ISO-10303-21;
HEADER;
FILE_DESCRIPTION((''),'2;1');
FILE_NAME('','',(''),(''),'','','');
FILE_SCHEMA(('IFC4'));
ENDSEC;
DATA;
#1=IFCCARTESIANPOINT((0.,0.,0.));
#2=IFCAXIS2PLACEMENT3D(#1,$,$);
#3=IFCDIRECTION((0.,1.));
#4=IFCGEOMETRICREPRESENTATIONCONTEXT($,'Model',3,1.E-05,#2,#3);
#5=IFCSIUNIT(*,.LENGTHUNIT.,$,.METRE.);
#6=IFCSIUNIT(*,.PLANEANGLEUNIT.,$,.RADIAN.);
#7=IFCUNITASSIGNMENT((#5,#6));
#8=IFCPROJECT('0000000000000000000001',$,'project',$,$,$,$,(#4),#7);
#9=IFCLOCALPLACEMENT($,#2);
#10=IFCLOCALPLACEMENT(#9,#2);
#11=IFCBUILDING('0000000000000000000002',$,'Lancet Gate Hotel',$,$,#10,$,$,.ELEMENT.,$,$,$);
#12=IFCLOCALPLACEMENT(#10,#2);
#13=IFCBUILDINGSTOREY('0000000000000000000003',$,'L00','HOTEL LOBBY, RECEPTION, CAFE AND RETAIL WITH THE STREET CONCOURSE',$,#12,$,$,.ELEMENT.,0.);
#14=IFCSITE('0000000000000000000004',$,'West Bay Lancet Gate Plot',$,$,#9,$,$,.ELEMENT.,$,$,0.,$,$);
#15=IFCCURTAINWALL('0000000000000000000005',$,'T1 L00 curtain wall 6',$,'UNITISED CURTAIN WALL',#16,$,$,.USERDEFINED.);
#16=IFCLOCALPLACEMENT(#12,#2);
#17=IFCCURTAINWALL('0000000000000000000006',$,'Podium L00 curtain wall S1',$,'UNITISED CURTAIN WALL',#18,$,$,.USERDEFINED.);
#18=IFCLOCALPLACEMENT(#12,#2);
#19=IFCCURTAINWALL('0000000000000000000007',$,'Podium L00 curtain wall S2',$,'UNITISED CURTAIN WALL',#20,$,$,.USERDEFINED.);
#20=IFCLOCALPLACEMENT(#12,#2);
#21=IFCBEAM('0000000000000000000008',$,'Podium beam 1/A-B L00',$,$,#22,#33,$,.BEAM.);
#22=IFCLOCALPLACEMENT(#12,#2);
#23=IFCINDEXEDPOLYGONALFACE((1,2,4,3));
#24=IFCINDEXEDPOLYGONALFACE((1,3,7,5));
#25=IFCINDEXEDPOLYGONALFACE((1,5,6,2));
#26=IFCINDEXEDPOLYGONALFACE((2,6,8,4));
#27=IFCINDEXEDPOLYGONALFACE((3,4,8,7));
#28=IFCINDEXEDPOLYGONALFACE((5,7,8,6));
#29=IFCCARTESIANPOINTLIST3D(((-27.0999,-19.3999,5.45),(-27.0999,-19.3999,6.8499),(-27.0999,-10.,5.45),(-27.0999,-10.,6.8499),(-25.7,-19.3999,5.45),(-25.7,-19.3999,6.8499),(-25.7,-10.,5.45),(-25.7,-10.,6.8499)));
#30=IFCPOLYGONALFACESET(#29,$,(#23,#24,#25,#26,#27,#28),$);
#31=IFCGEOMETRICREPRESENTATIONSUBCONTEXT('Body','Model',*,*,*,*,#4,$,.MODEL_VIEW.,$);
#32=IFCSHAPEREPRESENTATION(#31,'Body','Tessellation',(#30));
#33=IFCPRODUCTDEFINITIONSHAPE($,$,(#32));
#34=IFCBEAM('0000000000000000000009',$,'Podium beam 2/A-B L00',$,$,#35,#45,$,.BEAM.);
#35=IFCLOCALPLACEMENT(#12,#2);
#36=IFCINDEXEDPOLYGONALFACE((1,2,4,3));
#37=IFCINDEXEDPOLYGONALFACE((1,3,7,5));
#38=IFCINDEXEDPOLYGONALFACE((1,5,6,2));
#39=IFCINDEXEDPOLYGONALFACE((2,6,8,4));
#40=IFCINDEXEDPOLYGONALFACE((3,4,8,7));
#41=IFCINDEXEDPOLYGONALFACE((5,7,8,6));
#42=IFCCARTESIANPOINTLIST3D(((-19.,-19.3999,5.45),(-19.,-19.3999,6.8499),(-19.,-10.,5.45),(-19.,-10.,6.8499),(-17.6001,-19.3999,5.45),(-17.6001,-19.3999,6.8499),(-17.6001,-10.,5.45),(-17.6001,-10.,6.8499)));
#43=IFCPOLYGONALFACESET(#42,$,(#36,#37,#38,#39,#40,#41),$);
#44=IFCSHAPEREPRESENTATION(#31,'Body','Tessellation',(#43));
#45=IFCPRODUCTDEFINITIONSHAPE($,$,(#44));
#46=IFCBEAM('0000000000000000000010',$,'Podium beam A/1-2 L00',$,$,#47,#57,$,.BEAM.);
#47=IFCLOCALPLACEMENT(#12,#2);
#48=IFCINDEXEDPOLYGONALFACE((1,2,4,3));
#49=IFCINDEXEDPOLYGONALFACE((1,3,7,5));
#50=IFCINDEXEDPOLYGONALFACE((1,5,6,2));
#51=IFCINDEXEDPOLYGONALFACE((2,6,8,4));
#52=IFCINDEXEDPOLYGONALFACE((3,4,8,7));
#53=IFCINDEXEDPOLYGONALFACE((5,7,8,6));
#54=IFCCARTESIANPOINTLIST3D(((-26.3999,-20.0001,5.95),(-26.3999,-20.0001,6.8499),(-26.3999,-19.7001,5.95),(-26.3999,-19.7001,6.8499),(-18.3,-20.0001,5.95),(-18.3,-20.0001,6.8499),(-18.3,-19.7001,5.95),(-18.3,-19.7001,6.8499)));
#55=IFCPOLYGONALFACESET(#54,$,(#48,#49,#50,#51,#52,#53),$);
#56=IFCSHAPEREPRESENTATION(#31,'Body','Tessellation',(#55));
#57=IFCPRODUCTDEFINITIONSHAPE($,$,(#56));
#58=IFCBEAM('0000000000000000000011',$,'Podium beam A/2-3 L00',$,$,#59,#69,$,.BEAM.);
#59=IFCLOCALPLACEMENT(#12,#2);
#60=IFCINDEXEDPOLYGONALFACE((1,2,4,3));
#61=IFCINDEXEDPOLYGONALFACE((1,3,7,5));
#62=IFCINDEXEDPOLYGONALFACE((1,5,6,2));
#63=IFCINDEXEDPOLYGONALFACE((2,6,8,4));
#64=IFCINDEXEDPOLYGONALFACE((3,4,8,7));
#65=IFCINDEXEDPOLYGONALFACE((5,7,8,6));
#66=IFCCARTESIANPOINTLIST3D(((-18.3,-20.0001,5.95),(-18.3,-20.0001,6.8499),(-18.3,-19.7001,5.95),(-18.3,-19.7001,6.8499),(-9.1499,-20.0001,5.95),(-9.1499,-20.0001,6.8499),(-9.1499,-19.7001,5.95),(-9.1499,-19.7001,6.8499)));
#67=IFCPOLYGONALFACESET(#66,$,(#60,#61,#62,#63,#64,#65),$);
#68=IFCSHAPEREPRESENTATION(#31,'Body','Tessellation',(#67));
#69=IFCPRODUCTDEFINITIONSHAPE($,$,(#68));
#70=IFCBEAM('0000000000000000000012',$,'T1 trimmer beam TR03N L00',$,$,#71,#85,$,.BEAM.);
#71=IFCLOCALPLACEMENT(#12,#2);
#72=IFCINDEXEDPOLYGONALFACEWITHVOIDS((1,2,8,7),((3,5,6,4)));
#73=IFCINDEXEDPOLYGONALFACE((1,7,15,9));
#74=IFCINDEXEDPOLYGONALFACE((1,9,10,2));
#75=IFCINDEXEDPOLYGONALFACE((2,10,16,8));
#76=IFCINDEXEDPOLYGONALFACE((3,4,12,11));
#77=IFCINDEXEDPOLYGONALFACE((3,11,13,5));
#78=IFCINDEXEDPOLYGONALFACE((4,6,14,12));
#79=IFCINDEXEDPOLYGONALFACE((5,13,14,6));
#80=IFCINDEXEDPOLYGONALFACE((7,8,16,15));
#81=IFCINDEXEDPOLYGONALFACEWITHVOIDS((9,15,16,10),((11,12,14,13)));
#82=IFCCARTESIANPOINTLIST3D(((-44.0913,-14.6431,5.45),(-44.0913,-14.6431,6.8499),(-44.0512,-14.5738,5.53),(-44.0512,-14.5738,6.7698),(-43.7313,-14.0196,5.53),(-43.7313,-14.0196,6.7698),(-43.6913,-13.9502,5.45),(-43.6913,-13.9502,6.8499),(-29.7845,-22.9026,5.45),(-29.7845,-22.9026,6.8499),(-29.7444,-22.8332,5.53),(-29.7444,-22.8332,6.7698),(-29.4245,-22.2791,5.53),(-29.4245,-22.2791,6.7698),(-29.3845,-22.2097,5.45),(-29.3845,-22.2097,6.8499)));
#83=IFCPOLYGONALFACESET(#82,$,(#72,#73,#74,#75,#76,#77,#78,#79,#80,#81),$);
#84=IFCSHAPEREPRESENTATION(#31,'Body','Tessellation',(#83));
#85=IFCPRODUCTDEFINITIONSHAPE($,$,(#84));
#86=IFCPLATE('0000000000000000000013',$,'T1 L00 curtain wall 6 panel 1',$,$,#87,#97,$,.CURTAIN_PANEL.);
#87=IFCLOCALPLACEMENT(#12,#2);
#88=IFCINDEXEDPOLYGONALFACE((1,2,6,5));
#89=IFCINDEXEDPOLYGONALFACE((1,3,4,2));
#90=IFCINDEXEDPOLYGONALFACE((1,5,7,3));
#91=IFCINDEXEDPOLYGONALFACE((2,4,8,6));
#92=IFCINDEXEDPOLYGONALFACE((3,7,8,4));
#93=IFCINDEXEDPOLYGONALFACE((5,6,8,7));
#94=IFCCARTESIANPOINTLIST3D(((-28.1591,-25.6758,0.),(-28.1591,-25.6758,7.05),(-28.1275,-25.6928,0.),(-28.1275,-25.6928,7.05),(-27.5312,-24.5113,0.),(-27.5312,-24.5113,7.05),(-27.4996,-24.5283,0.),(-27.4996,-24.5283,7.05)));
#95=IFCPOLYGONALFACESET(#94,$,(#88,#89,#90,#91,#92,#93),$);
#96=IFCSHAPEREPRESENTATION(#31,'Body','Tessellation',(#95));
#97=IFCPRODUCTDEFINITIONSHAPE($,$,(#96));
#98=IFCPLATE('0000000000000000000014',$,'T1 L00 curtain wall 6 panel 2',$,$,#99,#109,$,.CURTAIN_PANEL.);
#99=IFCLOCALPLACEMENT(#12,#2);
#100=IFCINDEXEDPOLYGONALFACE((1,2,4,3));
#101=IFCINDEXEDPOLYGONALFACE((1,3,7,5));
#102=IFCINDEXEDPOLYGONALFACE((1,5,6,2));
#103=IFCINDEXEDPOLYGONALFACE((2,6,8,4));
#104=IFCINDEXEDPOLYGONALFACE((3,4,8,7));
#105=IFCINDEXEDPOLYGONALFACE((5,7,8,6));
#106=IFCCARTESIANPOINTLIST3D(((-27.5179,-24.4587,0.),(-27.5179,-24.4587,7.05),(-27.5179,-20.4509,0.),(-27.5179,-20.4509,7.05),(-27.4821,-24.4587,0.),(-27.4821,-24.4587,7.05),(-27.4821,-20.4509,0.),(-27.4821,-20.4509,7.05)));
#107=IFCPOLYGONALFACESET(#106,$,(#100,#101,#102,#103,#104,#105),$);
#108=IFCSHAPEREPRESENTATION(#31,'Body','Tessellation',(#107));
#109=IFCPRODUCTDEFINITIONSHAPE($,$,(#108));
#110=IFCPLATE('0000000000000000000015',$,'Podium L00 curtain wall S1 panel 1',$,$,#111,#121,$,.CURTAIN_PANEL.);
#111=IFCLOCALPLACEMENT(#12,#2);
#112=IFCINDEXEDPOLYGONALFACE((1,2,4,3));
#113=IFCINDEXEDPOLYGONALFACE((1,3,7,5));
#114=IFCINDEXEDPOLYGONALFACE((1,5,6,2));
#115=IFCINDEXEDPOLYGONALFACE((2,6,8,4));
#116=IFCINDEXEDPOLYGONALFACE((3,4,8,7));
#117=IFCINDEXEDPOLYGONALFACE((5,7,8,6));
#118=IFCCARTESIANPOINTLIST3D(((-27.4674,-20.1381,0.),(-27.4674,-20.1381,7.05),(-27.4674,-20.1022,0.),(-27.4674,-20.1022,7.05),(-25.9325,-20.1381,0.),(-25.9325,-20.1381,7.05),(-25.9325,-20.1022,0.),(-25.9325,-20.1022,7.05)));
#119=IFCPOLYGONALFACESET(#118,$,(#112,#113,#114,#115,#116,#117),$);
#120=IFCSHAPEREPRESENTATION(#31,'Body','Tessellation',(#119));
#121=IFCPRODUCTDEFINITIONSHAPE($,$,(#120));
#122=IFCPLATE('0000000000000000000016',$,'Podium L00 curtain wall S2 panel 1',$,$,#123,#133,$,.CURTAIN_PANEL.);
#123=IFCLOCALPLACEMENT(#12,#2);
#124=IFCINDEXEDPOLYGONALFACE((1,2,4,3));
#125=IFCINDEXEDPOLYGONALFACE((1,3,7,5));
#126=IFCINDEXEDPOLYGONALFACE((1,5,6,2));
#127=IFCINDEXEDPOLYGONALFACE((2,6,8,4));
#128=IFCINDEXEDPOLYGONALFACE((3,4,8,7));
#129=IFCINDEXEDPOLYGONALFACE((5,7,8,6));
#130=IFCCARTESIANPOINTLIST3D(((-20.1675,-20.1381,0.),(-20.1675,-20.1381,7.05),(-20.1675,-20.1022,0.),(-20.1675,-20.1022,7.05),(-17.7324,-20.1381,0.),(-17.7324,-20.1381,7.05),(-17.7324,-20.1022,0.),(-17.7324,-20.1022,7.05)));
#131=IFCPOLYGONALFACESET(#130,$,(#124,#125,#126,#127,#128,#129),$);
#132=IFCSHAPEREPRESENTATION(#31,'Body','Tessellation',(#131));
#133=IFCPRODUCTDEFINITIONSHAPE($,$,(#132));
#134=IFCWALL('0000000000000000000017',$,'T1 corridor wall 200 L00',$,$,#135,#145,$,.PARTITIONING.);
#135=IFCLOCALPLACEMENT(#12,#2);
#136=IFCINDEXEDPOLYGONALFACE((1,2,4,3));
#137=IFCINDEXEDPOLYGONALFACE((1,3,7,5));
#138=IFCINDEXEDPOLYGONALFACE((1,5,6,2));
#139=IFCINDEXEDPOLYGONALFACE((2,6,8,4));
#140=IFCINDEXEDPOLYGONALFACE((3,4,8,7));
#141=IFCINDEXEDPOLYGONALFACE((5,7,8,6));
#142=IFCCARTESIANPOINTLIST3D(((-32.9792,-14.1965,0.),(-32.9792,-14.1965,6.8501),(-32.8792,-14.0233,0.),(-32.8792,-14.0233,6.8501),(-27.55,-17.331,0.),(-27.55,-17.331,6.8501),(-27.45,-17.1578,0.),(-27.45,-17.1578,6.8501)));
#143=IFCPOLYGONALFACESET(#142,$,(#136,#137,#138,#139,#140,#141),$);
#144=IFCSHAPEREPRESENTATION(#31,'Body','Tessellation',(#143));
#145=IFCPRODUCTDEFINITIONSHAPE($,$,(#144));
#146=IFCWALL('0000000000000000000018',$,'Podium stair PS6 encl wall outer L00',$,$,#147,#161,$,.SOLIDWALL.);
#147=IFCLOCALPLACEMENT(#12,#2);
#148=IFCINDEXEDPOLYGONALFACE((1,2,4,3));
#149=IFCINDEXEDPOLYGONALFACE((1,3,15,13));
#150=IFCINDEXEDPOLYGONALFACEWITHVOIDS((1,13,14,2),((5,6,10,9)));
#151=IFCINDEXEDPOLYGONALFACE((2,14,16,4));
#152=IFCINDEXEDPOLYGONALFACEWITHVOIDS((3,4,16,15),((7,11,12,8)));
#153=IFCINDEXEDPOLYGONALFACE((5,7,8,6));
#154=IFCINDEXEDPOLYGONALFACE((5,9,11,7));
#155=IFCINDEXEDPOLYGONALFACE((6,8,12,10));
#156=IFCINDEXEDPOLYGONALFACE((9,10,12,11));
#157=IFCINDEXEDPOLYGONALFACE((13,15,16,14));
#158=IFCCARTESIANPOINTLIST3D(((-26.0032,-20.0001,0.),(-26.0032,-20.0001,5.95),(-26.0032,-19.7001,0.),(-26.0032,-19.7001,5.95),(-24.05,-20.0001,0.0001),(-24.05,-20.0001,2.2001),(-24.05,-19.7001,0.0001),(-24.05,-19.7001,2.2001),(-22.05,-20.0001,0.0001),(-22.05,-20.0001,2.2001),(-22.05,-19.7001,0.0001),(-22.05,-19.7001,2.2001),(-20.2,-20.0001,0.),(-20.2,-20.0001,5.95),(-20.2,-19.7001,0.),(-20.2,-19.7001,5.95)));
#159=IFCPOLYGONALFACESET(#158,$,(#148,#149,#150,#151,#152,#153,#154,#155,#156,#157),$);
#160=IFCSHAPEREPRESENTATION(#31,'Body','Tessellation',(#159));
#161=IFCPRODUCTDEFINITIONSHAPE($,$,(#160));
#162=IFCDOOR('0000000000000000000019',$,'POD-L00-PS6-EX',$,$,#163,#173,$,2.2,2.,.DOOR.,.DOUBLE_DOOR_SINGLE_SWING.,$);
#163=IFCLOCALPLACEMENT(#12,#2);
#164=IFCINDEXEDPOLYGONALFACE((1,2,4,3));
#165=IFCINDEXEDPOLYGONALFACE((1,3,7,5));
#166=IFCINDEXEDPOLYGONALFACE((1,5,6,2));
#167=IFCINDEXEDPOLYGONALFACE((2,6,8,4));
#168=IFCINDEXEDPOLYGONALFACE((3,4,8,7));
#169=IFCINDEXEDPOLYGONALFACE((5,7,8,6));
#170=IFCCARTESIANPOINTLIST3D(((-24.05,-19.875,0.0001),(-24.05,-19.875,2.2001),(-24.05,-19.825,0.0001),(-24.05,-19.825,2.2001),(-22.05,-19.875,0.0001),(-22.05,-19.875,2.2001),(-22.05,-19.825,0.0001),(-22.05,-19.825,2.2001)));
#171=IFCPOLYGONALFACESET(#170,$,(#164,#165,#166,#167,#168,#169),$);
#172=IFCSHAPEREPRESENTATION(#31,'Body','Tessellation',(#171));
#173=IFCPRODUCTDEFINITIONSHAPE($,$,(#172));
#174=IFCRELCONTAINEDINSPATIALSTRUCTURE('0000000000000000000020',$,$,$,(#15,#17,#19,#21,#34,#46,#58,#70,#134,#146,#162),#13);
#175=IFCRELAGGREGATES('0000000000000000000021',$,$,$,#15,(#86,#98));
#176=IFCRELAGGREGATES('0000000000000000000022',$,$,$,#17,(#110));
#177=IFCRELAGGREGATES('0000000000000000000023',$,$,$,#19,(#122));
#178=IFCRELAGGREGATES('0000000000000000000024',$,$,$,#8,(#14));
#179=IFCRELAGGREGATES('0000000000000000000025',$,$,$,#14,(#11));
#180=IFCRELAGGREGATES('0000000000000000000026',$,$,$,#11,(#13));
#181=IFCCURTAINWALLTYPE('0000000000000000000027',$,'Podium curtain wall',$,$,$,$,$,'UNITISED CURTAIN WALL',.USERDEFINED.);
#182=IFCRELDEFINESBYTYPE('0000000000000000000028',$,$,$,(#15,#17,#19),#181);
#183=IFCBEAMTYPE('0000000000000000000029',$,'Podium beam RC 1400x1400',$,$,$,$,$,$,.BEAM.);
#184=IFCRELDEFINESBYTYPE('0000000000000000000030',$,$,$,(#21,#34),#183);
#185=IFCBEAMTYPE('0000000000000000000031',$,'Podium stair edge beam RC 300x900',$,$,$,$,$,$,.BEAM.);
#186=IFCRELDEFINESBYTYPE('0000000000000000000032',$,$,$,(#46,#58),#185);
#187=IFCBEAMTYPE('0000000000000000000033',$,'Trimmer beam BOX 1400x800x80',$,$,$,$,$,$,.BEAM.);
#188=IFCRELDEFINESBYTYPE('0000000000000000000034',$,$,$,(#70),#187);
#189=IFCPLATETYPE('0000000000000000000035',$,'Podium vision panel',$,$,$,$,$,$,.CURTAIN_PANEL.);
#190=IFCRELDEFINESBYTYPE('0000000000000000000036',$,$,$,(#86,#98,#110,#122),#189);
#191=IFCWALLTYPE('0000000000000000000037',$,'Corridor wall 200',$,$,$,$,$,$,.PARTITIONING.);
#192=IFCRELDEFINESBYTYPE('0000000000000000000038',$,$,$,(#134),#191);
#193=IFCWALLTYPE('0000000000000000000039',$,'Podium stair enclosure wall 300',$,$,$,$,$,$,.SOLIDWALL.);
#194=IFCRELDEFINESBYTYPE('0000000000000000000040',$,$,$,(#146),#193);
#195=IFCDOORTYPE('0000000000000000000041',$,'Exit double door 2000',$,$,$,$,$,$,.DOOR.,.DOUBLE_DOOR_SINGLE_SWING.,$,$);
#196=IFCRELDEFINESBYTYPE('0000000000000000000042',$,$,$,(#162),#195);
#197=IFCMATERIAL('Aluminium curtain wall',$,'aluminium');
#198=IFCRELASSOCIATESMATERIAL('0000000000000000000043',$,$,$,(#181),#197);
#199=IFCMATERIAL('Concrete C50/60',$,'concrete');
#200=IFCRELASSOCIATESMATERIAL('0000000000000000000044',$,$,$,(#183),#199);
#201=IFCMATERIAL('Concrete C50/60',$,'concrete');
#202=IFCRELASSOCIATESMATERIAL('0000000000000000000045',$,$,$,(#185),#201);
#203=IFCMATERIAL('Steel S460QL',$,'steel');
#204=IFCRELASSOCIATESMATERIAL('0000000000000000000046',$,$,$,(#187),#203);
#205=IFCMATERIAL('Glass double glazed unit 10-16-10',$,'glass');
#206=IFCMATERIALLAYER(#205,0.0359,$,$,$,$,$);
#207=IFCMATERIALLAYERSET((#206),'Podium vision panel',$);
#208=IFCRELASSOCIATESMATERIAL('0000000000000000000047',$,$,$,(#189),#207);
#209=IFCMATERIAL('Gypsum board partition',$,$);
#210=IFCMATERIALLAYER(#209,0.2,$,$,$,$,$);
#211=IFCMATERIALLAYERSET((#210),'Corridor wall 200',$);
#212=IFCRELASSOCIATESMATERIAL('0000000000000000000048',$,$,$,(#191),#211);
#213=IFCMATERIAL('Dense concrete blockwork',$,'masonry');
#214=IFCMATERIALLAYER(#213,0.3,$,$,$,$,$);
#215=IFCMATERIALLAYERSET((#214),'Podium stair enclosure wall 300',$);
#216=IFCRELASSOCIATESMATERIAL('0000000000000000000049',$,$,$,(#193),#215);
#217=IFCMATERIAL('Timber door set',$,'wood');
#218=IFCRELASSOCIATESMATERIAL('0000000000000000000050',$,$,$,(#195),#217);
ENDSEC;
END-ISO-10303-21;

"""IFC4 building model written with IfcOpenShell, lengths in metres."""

from ifc_helpers import new_model, si_unit, direction, frame, frame_2d, origin, origin_2d, place, context, subcontext, project, spatial, rectangle, hollow_rectangle, extrude, material, layer, layer_set, material_profile, profile_set, type_object, element, fill, aggregate, save


model = new_model("IFC4")

# Units and contexts
model_context = context("Model", 3, precision=1e-05, world=origin(), true_north=direction((0.0, 1.0)))
body_context = subcontext(model_context, "Body", "Model", "MODEL_VIEW")
ifc_project = project(units=[si_unit("LENGTHUNIT", "METRE"), si_unit("PLANEANGLEUNIT", "RADIAN")], contexts=[model_context])

# Site, building, storey
site_placement = place(None, origin())
site = spatial("IfcSite", under=ifc_project, at=site_placement, Name="West Bay Lancet Gate Plot", CompositionType="ELEMENT", RefElevation=0.0)
building_placement = place(site_placement, origin())
building = spatial("IfcBuilding", under=site, at=building_placement, Name="Lancet Gate Hotel", CompositionType="ELEMENT")
storey_placement = place(building_placement, origin())
storey = spatial("IfcBuildingStorey", under=building, at=storey_placement, Name="L00", Description="HOTEL LOBBY, RECEPTION, CAFE AND RETAIL WITH THE STREET CONCOURSE", CompositionType="ELEMENT", Elevation=0.0)

# Curtain walls
ifc_material_1 = material(Name="Aluminium curtain wall", Category="aluminium")
curtain_wall_type = type_object("IfcCurtainWallType", Name="Podium curtain wall", ElementType="UNITISED CURTAIN WALL", PredefinedType="USERDEFINED", material=ifc_material_1)
curtain_wall_1_placement = place(storey_placement, origin())
curtain_wall_1 = element("IfcCurtainWall", 1, at=curtain_wall_1_placement, inside=storey, type_object=curtain_wall_type, Name="T1 L00 curtain wall 6", ObjectType="UNITISED CURTAIN WALL", PredefinedType="USERDEFINED")
curtain_wall_2_placement = place(storey_placement, origin())
curtain_wall_2 = element("IfcCurtainWall", 2, at=curtain_wall_2_placement, inside=storey, type_object=curtain_wall_type, Name="Podium L00 curtain wall S1", ObjectType="UNITISED CURTAIN WALL", PredefinedType="USERDEFINED")

# Curtain wall
curtain_wall_3_placement = place(storey_placement, origin())
curtain_wall_3 = element("IfcCurtainWall", 3, at=curtain_wall_3_placement, inside=storey, type_object=curtain_wall_type, Name="Podium L00 curtain wall S2", ObjectType="UNITISED CURTAIN WALL", PredefinedType="USERDEFINED")

# Beams
ifc_material_2 = material(Name="Concrete C50/60", Category="concrete")
ifc_material_profile_1 = material_profile(ifc_material_2, rectangle(XDim=1.3999, YDim=1.3999, at=origin_2d()), Name="RC 1400x1400")
ifc_profile_set_1 = profile_set([ifc_material_profile_1], Name="Concrete C50/60")
beam_type_1 = type_object("IfcBeamType", Name="Podium beam RC 1400x1400", PredefinedType="BEAM", material=ifc_profile_set_1)
for number, where, z_axis, x_axis, name in (
    (4, (-26.3999, -19.3999, 6.1499), (0.0, 1.0, 0.0), (-1.0, 0.0, 0.0), "Podium beam 1/A-B L00"),
    (5, (-18.3, -19.3999, 6.1499), (0.0, 1.0, 0.0), (-1.0, 0.0, 0.0), "Podium beam 2/A-B L00"),
):
    element("IfcBeam", number, at=place(storey_placement, frame(where, z_axis=z_axis, x_axis=x_axis)), inside=storey, type_object=beam_type_1, Name=name, PredefinedType="BEAM", context=body_context, shape_type="SweptSolid", body=[
        extrude(rectangle(XDim=1.3999, YDim=1.3999, at=origin_2d()), origin(), (0.0, 0.0, 1.0), 9.3999),
    ])
ifc_material_3 = material(Name="Concrete C50/60", Category="concrete")
ifc_material_profile_2 = material_profile(ifc_material_3, rectangle(XDim=0.3, YDim=0.8999, at=origin_2d()), Name="RC 300x900")
ifc_profile_set_2 = profile_set([ifc_material_profile_2], Name="Concrete C50/60")
beam_type_2 = type_object("IfcBeamType", Name="Podium stair edge beam RC 300x900", PredefinedType="BEAM", material=ifc_profile_set_2)
beam_1_placement = place(storey_placement, frame((-26.3999, -19.8501, 6.3999), z_axis=(1.0, 0.0, 0.0), x_axis=(0.0, 1.0, 0.0)))
element("IfcBeam", 6, at=beam_1_placement, inside=storey, type_object=beam_type_2, Name="Podium beam A/1-2 L00", PredefinedType="BEAM", context=body_context, shape_type="SweptSolid", body=[
    extrude(rectangle(XDim=0.3, YDim=0.8999, at=origin_2d()), origin(), (0.0, 0.0, 1.0), 8.0999),
])
beam_2_placement = place(storey_placement, frame((-18.3, -19.8501, 6.3999), z_axis=(1.0, 0.0, 0.0), x_axis=(0.0, 1.0, 0.0)))
element("IfcBeam", 7, at=beam_2_placement, inside=storey, type_object=beam_type_2, Name="Podium beam A/2-3 L00", PredefinedType="BEAM", context=body_context, shape_type="SweptSolid", body=[
    extrude(rectangle(XDim=0.3, YDim=0.8999, at=origin_2d()), origin(), (0.0, 0.0, 1.0), 9.1501),
])
ifc_material_4 = material(Name="Steel S460QL", Category="steel")
ifc_material_profile_3 = material_profile(ifc_material_4, hollow_rectangle(XDim=0.8, YDim=1.3999, WallThickness=0.0801, at=origin_2d()), Name="BOX 1400x800x80")
ifc_profile_set_3 = profile_set([ifc_material_profile_3], Name="Steel S460QL")
beam_type_3 = type_object("IfcBeamType", Name="Trimmer beam BOX 1400x800x80", PredefinedType="BEAM", material=ifc_profile_set_3)
beam_3_placement = place(storey_placement, frame((-29.5845, -22.5562, 6.1499), z_axis=(-0.86604, 0.499974, 0.0), x_axis=(-0.499974, -0.86604, 0.0)))
element("IfcBeam", 8, at=beam_3_placement, inside=storey, type_object=beam_type_3, Name="T1 trimmer beam TR03N L00", PredefinedType="BEAM", context=body_context, shape_type="SweptSolid", body=[
    extrude(hollow_rectangle(XDim=0.8, YDim=1.3999, WallThickness=0.0801, at=origin_2d()), origin(), (0.0, 0.0, 1.0), 16.5198),
])

# Plates
ifc_material_5 = material(Name="Glass double glazed unit 10-16-10", Category="glass")
ifc_layer_1 = layer(ifc_material_5, 0.0359)
ifc_layer_set_1 = layer_set([ifc_layer_1], Name="Podium vision panel")
plate_type = type_object("IfcPlateType", Name="Podium vision panel", PredefinedType="CURTAIN_PANEL", material=ifc_layer_set_1)
plate_1_placement = place(storey_placement, frame((-27.8293, -25.1021, 0.0), z_axis=(0.0, 0.0, 1.0), x_axis=(0.474631, 0.880185, 0.0)))
plate_1 = element("IfcPlate", 9, at=plate_1_placement, type_object=plate_type, Name="T1 L00 curtain wall 6 panel 1", PredefinedType="CURTAIN_PANEL", context=body_context, shape_type="SweptSolid", body=[
    extrude(rectangle(XDim=1.323, YDim=0.0359, at=origin_2d()), origin(), (0.0, 0.0, 1.0), 7.05),
])
plate_2_placement = place(storey_placement, frame((-27.5, -22.4548, 0.0), z_axis=(0.0, 0.0, 1.0), x_axis=(0.0, 1.0, 0.0)))
plate_2 = element("IfcPlate", 10, at=plate_2_placement, type_object=plate_type, Name="T1 L00 curtain wall 6 panel 2", PredefinedType="CURTAIN_PANEL", context=body_context, shape_type="SweptSolid", body=[
    extrude(rectangle(XDim=4.0078, YDim=0.0359, at=origin_2d()), origin(), (0.0, 0.0, 1.0), 7.05),
])
aggregate(curtain_wall_1, [plate_1, plate_2])
plate_3_placement = place(storey_placement, frame((-26.7, -20.1201, 0.0), z_axis=(0.0, 0.0, 1.0), x_axis=(1.0, 0.0, 0.0)))
plate_3 = element("IfcPlate", 11, at=plate_3_placement, type_object=plate_type, Name="Podium L00 curtain wall S1 panel 1", PredefinedType="CURTAIN_PANEL", context=body_context, shape_type="SweptSolid", body=[
    extrude(rectangle(XDim=1.5349, YDim=0.0359, at=origin_2d()), origin(), (0.0, 0.0, 1.0), 7.05),
])
aggregate(curtain_wall_2, [plate_3])
plate_4_placement = place(storey_placement, frame((-18.95, -20.1201, 0.0), z_axis=(0.0, 0.0, 1.0), x_axis=(1.0, 0.0, 0.0)))
plate_4 = element("IfcPlate", 12, at=plate_4_placement, type_object=plate_type, Name="Podium L00 curtain wall S2 panel 1", PredefinedType="CURTAIN_PANEL", context=body_context, shape_type="SweptSolid", body=[
    extrude(rectangle(XDim=2.4351, YDim=0.0359, at=origin_2d()), origin(), (0.0, 0.0, 1.0), 7.05),
])
aggregate(curtain_wall_3, [plate_4])

# Wall
ifc_material_6 = material(Name="Gypsum board partition")
ifc_layer_2 = layer(ifc_material_6, 0.2)
ifc_layer_set_2 = layer_set([ifc_layer_2], Name="Corridor wall 200")
wall_type_1 = type_object("IfcWallType", Name="Corridor wall 200", PredefinedType="PARTITIONING", material=ifc_layer_set_2)
wall_1_placement = place(storey_placement, frame((-27.5, -17.2444, 0.0), z_axis=(0.0, 0.0, 1.0), x_axis=(-0.866027, 0.499997, 0.0)))
element("IfcWall", 13, at=wall_1_placement, inside=storey, type_object=wall_type_1, Name="T1 corridor wall 200 L00", PredefinedType="PARTITIONING", context=body_context, shape_type="SweptSolid", body=[
    extrude(rectangle(XDim=6.269, YDim=0.2, at=frame_2d((3.1345, 0.0))), origin(), (0.0, 0.0, 1.0), 6.8501),
])

# Wall, opening, door
ifc_material_7 = material(Name="Dense concrete blockwork", Category="masonry")
ifc_layer_3 = layer(ifc_material_7, 0.3)
ifc_layer_set_3 = layer_set([ifc_layer_3], Name="Podium stair enclosure wall 300")
wall_type_2 = type_object("IfcWallType", Name="Podium stair enclosure wall 300", PredefinedType="SOLIDWALL", material=ifc_layer_set_3)
wall_2_placement = place(storey_placement, frame((-20.2, -19.8501, 0.0), z_axis=(0.0, 0.0, 1.0), x_axis=(-1.0, 0.0, 0.0)))
wall_2 = element("IfcWall", 14, at=wall_2_placement, inside=storey, type_object=wall_type_2, Name="Podium stair PS6 encl wall outer L00", PredefinedType="SOLIDWALL", context=body_context, shape_type="SweptSolid", body=[
    extrude(rectangle(XDim=5.8032, YDim=0.3, at=frame_2d((2.9016, 0.0))), origin(), (0.0, 0.0, 1.0), 5.95),
])
opening_placement = place(wall_2_placement, frame((1.8501, 0.0, 0.0)))
opening = element("IfcOpeningElement", 15, at=opening_placement, cuts=wall_2, PredefinedType="OPENING", context=body_context, shape_type="SweptSolid", body=[
    extrude(rectangle(XDim=2.0, YDim=2.2, at=frame_2d((1.0, 1.1001))), frame((0.0, 0.1599, 0.0), z_axis=(0.0, -1.0, 0.0), x_axis=(1.0, 0.0, 0.0)), (0.0, 0.0, 1.0), 0.3201),
])
ifc_material_8 = material(Name="Timber door set", Category="wood")
door_type = type_object("IfcDoorType", Name="Exit double door 2000", OperationType="DOUBLE_DOOR_SINGLE_SWING", PredefinedType="DOOR", material=ifc_material_8)
door_placement = place(opening_placement, origin())
door = element("IfcDoor", 16, at=door_placement, inside=storey, type_object=door_type, Name="POD-L00-PS6-EX", OperationType="DOUBLE_DOOR_SINGLE_SWING", OverallHeight=2.2, OverallWidth=2.0, PredefinedType="DOOR", context=body_context, shape_type="SweptSolid", body=[
    extrude(rectangle(XDim=2.0, YDim=2.2, at=frame_2d((1.0, 1.1001))), frame((0.0, 0.0249, 0.0), z_axis=(0.0, -1.0, 0.0), x_axis=(1.0, 0.0, 0.0)), (0.0, 0.0, 1.0), 0.05),
])
fill(opening, door)

save(model, "model.ifc")
